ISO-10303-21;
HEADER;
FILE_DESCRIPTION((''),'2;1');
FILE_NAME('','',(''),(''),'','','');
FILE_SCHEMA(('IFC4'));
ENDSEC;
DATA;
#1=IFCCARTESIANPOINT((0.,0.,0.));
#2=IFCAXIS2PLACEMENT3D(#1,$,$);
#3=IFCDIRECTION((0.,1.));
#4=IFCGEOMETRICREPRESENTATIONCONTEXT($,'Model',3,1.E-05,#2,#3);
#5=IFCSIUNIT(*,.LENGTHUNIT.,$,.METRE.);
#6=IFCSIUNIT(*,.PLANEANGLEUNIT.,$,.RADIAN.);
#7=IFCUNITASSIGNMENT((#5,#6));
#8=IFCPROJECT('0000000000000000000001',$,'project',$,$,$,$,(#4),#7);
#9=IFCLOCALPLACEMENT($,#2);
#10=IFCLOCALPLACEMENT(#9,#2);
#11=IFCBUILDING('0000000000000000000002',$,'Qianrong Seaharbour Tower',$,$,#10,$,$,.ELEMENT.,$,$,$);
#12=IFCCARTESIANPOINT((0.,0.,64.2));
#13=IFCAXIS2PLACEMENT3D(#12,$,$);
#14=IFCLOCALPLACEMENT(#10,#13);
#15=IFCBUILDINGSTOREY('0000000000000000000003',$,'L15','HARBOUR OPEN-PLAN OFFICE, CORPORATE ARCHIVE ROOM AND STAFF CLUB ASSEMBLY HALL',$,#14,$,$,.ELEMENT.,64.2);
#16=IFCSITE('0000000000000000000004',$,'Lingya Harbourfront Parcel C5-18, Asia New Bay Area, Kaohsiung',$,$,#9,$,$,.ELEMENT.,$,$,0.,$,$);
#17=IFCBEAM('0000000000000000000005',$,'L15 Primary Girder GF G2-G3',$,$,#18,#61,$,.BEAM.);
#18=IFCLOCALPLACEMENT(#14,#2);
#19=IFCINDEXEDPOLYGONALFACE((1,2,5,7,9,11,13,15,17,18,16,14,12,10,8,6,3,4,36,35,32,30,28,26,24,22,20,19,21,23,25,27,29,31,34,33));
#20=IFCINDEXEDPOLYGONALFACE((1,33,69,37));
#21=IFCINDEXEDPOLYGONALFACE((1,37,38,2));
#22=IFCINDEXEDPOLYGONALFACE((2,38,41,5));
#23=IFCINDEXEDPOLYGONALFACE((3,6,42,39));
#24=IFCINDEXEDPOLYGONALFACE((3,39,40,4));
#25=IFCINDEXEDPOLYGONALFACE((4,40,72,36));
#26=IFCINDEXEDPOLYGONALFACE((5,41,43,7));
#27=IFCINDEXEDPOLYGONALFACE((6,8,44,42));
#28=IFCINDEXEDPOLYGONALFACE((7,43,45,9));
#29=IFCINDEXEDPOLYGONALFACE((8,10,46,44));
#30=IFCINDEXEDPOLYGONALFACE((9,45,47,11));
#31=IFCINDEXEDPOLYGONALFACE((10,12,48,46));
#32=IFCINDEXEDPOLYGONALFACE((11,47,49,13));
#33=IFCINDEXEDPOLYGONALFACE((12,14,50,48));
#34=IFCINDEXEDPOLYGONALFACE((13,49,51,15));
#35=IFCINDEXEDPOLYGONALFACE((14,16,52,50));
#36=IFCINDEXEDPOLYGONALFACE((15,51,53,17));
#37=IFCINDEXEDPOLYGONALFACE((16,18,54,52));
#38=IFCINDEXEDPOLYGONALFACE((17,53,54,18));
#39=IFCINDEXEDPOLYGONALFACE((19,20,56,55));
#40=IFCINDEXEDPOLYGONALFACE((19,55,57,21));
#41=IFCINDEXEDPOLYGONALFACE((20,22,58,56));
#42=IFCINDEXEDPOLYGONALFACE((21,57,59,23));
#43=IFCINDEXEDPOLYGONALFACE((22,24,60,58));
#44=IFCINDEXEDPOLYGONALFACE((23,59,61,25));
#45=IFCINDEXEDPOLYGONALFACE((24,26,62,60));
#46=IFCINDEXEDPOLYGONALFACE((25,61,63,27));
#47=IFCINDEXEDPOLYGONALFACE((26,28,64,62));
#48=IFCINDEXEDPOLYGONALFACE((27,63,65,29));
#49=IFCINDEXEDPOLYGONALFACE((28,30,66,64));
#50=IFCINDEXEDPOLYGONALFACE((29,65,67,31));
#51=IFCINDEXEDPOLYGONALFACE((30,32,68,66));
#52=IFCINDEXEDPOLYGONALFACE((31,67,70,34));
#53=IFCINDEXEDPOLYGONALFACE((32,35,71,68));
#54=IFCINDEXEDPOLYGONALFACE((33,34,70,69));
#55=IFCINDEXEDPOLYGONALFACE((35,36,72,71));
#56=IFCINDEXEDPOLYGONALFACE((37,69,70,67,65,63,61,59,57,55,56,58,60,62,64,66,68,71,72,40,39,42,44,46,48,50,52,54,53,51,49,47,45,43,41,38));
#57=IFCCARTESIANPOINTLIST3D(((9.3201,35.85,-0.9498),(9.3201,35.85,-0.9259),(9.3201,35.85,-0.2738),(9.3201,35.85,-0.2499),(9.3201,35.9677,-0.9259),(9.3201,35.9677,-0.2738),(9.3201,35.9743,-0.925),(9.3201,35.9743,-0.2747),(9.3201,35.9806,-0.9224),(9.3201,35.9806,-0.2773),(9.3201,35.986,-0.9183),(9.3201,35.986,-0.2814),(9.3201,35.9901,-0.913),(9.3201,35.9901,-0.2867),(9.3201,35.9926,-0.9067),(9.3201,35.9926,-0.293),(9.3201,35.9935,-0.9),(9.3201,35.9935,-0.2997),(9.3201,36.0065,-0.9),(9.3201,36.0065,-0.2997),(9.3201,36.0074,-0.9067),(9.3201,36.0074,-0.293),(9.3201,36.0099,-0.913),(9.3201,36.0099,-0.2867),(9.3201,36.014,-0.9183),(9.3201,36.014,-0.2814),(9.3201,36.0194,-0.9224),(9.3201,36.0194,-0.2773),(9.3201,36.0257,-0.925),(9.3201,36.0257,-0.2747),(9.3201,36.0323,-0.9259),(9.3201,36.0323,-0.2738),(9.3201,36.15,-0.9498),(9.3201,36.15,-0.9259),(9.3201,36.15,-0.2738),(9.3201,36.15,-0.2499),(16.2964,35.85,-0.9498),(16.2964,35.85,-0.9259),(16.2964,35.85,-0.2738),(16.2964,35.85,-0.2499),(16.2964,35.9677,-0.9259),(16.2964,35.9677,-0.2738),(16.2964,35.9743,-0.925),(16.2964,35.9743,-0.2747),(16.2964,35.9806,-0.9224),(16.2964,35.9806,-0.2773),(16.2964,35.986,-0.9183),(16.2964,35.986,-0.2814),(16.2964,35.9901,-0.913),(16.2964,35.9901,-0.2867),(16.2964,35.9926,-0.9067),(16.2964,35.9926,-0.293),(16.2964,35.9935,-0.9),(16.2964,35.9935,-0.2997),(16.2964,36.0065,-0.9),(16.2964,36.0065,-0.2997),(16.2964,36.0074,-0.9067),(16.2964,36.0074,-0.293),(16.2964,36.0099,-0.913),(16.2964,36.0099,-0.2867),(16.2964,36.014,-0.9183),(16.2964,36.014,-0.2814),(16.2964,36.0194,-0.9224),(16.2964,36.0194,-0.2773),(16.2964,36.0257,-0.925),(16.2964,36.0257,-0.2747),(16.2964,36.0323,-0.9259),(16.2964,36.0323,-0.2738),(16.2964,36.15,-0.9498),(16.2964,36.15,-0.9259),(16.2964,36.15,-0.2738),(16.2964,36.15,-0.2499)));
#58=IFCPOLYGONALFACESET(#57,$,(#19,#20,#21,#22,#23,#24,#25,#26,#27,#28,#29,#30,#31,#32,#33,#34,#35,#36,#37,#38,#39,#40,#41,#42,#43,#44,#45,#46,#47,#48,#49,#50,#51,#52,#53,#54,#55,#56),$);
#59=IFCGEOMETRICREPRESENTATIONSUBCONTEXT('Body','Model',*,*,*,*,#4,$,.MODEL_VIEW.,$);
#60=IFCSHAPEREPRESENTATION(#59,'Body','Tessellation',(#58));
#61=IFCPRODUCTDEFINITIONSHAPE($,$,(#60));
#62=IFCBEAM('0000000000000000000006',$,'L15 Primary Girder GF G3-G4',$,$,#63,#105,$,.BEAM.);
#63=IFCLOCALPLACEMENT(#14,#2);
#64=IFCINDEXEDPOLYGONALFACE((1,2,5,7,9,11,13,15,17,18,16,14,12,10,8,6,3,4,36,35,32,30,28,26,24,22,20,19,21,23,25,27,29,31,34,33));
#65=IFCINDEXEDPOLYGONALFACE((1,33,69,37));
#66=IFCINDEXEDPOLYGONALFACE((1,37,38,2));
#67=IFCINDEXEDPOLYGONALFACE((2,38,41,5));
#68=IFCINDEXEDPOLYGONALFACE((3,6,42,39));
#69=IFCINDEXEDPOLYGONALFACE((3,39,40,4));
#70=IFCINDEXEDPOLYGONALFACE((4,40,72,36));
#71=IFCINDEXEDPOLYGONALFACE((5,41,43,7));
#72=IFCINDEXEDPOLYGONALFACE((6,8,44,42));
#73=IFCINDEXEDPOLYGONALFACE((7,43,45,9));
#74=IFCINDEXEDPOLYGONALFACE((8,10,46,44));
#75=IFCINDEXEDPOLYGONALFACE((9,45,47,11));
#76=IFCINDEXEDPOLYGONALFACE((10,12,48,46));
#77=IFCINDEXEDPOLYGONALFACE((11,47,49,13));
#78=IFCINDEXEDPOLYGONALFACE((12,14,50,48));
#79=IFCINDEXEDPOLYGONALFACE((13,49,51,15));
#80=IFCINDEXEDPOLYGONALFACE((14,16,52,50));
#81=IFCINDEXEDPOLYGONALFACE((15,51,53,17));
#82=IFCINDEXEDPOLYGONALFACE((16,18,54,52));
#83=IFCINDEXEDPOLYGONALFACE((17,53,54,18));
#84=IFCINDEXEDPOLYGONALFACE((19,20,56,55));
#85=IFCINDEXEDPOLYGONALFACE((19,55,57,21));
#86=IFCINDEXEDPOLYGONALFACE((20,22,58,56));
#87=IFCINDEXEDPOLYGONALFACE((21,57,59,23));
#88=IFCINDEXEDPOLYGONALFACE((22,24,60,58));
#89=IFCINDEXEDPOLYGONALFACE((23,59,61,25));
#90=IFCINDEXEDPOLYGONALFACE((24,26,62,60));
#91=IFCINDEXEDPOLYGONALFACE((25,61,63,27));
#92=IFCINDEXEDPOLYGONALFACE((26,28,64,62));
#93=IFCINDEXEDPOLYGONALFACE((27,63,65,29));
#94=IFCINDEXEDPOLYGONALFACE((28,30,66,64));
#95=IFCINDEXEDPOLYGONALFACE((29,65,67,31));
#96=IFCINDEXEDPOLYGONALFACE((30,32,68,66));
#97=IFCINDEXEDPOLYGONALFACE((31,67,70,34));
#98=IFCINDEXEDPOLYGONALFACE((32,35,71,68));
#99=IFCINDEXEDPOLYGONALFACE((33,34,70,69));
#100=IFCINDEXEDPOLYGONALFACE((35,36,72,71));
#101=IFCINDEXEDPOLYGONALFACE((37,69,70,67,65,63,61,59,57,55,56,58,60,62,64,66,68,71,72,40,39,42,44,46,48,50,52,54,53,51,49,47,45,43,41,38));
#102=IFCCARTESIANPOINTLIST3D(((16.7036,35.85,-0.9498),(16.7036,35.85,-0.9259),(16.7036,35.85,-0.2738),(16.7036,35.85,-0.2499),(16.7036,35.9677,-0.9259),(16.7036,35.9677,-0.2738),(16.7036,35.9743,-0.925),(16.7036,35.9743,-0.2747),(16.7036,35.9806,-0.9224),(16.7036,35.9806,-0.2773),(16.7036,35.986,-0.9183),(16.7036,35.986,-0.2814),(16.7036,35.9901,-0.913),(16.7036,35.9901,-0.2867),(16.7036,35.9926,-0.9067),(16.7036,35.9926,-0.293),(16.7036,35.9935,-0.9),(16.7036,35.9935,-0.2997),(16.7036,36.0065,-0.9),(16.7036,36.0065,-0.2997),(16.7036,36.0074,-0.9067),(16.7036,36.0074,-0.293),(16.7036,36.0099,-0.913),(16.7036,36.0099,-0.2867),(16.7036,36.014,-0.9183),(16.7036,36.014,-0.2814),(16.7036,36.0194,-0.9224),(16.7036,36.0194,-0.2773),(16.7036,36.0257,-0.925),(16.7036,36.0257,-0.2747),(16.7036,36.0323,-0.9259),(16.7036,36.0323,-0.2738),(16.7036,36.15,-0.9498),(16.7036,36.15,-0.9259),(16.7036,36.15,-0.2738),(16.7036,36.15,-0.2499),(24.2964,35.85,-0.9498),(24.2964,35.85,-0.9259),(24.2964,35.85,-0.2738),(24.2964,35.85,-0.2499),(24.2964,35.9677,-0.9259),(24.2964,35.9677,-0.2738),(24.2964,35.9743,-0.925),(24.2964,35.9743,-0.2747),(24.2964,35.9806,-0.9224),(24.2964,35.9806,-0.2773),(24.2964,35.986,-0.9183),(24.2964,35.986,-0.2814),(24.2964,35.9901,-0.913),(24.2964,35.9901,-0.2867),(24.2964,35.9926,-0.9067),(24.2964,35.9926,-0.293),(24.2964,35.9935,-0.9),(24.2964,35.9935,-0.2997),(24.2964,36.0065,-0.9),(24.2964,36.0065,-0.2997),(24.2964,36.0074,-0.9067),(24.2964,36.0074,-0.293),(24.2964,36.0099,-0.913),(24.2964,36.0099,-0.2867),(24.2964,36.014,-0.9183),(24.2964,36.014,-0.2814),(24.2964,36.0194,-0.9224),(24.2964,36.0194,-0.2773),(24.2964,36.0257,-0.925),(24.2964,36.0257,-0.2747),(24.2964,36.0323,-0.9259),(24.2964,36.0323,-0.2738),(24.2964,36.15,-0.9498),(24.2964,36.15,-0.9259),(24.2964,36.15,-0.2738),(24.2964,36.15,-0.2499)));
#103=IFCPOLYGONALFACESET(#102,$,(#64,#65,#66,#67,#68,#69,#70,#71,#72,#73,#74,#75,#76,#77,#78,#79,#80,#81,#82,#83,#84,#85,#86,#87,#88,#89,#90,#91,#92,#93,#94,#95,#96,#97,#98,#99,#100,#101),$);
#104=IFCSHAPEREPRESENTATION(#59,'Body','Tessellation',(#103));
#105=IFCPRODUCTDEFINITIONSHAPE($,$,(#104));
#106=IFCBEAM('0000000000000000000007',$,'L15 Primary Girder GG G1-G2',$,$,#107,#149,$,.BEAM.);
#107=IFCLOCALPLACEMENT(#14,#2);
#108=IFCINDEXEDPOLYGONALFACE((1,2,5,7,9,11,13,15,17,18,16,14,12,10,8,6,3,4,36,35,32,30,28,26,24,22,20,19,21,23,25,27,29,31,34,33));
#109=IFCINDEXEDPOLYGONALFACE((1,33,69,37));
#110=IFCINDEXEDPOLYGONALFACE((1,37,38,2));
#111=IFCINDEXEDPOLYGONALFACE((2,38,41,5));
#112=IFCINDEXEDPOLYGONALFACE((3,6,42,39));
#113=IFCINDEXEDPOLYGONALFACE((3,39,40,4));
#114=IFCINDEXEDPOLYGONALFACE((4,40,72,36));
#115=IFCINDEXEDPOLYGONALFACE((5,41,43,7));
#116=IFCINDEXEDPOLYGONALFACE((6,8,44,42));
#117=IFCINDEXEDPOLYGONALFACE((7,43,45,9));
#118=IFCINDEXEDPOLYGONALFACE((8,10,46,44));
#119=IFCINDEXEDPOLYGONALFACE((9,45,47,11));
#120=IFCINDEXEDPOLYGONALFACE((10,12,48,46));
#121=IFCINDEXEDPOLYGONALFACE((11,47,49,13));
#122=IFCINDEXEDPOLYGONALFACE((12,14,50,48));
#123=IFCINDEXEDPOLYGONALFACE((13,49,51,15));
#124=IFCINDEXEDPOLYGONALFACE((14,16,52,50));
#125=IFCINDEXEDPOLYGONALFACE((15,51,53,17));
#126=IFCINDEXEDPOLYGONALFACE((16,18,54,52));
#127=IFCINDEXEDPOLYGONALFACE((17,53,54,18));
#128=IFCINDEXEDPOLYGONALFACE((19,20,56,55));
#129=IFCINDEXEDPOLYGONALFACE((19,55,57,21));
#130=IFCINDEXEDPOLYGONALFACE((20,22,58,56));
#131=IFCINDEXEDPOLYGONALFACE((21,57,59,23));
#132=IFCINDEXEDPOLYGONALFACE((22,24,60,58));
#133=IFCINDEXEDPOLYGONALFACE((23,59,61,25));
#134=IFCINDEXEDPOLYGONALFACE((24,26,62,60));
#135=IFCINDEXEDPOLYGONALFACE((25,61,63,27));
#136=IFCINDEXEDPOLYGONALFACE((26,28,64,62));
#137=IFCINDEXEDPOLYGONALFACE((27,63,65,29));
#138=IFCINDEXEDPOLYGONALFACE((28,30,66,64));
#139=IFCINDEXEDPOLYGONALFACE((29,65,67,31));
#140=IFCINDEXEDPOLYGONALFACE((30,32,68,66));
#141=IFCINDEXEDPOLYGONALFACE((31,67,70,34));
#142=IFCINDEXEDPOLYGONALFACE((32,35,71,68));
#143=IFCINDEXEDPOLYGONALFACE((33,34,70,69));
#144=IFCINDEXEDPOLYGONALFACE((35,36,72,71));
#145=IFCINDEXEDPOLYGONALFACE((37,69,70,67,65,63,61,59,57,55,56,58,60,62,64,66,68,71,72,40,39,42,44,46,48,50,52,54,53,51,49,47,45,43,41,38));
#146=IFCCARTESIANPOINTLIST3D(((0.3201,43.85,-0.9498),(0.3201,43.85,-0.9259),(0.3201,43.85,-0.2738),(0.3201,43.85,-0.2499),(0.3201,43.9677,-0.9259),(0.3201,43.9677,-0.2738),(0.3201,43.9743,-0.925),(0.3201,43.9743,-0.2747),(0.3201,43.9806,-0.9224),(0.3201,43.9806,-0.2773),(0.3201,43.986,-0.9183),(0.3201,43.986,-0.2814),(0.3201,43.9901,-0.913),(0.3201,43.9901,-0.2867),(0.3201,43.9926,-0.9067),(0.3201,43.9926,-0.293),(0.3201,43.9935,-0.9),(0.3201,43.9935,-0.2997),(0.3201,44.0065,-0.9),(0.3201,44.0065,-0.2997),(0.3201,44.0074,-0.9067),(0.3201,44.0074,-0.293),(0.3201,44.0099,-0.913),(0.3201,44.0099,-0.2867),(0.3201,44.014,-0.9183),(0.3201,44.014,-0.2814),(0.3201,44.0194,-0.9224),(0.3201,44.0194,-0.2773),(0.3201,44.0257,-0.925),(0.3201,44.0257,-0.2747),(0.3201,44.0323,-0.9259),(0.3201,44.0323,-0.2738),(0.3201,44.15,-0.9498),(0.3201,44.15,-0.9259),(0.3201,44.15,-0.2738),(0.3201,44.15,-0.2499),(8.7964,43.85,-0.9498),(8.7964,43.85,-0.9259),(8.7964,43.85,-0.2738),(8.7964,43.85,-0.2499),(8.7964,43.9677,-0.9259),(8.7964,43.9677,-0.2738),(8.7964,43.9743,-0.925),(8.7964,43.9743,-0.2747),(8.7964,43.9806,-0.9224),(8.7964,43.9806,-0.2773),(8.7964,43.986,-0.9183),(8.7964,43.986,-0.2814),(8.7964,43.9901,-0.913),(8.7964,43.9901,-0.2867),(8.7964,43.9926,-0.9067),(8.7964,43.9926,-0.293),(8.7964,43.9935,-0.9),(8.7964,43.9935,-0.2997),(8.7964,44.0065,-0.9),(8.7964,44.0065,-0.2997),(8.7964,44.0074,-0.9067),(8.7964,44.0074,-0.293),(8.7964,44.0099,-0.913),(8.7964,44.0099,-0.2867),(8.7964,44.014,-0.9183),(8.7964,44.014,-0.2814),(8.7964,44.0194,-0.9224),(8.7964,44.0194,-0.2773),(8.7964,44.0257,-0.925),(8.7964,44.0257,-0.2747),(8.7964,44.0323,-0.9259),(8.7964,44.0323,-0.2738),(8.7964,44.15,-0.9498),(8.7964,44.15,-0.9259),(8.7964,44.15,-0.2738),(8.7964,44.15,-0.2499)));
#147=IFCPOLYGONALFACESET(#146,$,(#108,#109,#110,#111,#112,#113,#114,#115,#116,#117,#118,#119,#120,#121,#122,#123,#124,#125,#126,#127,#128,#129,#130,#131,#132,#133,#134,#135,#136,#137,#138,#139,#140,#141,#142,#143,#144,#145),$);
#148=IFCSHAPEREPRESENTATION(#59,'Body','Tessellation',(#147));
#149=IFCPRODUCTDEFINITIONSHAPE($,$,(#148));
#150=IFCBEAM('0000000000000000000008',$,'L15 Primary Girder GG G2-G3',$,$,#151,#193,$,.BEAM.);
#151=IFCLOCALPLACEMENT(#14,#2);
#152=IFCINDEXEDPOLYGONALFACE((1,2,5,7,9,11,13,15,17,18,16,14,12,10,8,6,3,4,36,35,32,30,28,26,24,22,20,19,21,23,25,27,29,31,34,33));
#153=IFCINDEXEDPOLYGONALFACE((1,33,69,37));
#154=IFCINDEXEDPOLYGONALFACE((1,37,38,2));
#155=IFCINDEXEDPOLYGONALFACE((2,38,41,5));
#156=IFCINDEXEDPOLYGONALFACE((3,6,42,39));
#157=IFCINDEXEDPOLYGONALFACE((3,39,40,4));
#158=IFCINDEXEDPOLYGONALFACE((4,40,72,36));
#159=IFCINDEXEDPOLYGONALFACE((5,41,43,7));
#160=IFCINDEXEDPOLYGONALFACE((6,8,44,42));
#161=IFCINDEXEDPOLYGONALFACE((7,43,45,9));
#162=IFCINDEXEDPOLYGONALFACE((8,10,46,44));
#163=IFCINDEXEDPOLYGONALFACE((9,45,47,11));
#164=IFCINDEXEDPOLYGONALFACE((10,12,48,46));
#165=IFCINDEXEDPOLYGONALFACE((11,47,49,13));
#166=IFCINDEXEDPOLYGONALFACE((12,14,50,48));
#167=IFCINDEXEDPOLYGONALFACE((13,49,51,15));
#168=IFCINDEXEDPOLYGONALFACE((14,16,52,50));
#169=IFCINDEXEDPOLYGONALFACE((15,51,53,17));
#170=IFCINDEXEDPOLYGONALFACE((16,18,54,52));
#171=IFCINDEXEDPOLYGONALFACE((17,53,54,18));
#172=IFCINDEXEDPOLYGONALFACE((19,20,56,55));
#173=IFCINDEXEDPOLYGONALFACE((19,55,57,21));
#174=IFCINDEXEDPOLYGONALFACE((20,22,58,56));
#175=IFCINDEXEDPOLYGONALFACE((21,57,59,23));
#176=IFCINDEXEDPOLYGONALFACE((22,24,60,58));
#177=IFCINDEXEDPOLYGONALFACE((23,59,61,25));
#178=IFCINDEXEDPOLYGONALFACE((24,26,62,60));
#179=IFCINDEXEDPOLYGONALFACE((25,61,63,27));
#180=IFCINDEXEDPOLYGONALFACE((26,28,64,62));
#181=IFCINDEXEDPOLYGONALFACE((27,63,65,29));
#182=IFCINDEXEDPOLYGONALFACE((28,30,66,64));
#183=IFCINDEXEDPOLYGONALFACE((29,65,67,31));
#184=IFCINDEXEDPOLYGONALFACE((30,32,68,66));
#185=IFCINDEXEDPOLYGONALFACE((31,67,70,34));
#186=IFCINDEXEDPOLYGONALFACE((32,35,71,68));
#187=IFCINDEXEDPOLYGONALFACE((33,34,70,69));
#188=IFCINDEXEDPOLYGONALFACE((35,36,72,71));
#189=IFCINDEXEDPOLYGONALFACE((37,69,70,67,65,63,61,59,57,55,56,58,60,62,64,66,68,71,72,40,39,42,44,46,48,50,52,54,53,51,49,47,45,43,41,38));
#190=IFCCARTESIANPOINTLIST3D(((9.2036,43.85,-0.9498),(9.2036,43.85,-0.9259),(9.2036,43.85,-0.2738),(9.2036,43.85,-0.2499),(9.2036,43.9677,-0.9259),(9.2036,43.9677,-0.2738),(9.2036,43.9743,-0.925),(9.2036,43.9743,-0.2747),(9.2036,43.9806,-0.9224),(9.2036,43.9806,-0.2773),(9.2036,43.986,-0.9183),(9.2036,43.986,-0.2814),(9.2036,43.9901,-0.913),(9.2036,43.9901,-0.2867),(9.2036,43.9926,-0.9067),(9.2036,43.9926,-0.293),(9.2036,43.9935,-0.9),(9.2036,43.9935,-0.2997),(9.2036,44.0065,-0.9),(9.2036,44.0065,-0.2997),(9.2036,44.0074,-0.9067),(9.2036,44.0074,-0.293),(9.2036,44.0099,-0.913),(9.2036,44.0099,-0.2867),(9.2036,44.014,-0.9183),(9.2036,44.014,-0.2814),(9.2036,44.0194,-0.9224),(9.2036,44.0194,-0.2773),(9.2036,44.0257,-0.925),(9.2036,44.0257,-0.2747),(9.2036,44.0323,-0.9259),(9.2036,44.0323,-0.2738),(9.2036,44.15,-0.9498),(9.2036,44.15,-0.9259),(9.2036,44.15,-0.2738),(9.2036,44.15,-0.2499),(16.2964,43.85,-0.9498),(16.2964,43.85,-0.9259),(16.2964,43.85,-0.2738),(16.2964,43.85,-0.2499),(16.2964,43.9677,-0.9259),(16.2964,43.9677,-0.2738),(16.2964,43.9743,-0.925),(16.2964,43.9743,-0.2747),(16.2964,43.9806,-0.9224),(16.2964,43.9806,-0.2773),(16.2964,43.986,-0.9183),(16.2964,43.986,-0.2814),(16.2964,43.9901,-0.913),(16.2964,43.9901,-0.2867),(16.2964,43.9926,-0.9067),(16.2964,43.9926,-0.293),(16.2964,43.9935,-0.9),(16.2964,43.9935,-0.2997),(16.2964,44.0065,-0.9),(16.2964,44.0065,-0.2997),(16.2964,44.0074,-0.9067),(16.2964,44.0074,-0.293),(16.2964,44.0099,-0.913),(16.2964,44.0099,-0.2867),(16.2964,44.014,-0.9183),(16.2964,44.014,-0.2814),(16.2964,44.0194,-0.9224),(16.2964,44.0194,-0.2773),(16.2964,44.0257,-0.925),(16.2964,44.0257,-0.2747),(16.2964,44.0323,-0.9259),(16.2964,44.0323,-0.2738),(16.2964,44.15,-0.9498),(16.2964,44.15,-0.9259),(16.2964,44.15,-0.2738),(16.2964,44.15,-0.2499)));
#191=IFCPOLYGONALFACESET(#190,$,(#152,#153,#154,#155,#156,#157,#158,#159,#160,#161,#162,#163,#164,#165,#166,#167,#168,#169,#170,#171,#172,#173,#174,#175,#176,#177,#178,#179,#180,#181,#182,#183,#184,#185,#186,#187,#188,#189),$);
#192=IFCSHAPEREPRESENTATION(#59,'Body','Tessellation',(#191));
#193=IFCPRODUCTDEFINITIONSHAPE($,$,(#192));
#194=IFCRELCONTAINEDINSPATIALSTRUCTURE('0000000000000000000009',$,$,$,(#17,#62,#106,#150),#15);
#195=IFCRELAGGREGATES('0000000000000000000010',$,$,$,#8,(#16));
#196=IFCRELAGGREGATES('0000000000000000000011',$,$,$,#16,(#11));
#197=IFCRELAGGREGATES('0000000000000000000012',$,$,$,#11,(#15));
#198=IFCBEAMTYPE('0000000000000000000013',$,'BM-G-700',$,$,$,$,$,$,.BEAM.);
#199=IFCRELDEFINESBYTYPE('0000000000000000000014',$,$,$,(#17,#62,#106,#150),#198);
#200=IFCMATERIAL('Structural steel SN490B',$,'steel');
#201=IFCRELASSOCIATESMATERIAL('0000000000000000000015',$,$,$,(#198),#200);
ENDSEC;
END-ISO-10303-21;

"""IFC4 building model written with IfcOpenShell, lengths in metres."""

from ifc_helpers import new_model, si_unit, direction, frame, origin, origin_2d, place, context, subcontext, project, spatial, i_section, extrude, material, material_profile, profile_set, type_object, element, save


model = new_model("IFC4")

# Units and contexts
model_context = context("Model", 3, precision=1e-05, world=origin(), true_north=direction((0.0, 1.0)))
body_context = subcontext(model_context, "Body", "Model", "MODEL_VIEW")
ifc_project = project(units=[si_unit("LENGTHUNIT", "METRE"), si_unit("PLANEANGLEUNIT", "RADIAN")], contexts=[model_context])

# Site, building, storey
site_placement = place(None, origin())
site = spatial("IfcSite", under=ifc_project, at=site_placement, Name="Lingya Harbourfront Parcel C5-18, Asia New Bay Area, Kaohsiung", CompositionType="ELEMENT", RefElevation=0.0)
building_placement = place(site_placement, origin())
building = spatial("IfcBuilding", under=site, at=building_placement, Name="Qianrong Seaharbour Tower", CompositionType="ELEMENT")
storey_placement = place(building_placement, frame((0.0, 0.0, 64.2)))
storey = spatial("IfcBuildingStorey", under=building, at=storey_placement, Name="L15", Description="HARBOUR OPEN-PLAN OFFICE, CORPORATE ARCHIVE ROOM AND STAFF CLUB ASSEMBLY HALL", CompositionType="ELEMENT", Elevation=64.2)

# Shared definitions
ifc_material_1 = material(Name="Structural steel SN490B", Category="steel")

# Beams
ifc_material_profile_1 = material_profile(ifc_material_1, i_section(OverallWidth=0.3, OverallDepth=0.7, WebThickness=0.0129, FlangeThickness=0.0239, FilletRadius=0.0259, at=origin_2d()), Name="H700x300x13x24")
ifc_profile_set_1 = profile_set([ifc_material_profile_1], Name="Structural steel SN490B")
beam_type_1 = type_object("IfcBeamType", Name="BM-G-700", PredefinedType="BEAM", material=ifc_profile_set_1)
beam_1_placement = place(storey_placement, frame((9.3201, 36.0, -0.5999), z_axis=(1.0, 0.0, 0.0), x_axis=(0.0, 1.0, 0.0)))
element("IfcBeam", 1, at=beam_1_placement, inside=storey, type_object=beam_type_1, Name="L15 Primary Girder GF G2-G3", PredefinedType="BEAM", context=body_context, shape_type="SweptSolid", body=[
    extrude(i_section(OverallWidth=0.3, OverallDepth=0.7, WebThickness=0.0129, FlangeThickness=0.0239, FilletRadius=0.0259, at=origin_2d()), origin(), (0.0, 0.0, 1.0), 6.9763),
])
beam_2_placement = place(storey_placement, frame((16.7036, 36.0, -0.5999), z_axis=(1.0, 0.0, 0.0), x_axis=(0.0, 1.0, 0.0)))
element("IfcBeam", 2, at=beam_2_placement, inside=storey, type_object=beam_type_1, Name="L15 Primary Girder GF G3-G4", PredefinedType="BEAM", context=body_context, shape_type="SweptSolid", body=[
    extrude(i_section(OverallWidth=0.3, OverallDepth=0.7, WebThickness=0.0129, FlangeThickness=0.0239, FilletRadius=0.0259, at=origin_2d()), origin(), (0.0, 0.0, 1.0), 7.5928),
])
beam_3_placement = place(storey_placement, frame((0.3201, 44.0, -0.5999), z_axis=(1.0, 0.0, 0.0), x_axis=(0.0, 1.0, 0.0)))
element("IfcBeam", 3, at=beam_3_placement, inside=storey, type_object=beam_type_1, Name="L15 Primary Girder GG G1-G2", PredefinedType="BEAM", context=body_context, shape_type="SweptSolid", body=[
    extrude(i_section(OverallWidth=0.3, OverallDepth=0.7, WebThickness=0.0129, FlangeThickness=0.0239, FilletRadius=0.0259, at=origin_2d()), origin(), (0.0, 0.0, 1.0), 8.4763),
])
beam_4_placement = place(storey_placement, frame((9.2036, 44.0, -0.5999), z_axis=(1.0, 0.0, 0.0), x_axis=(0.0, 1.0, 0.0)))
element("IfcBeam", 4, at=beam_4_placement, inside=storey, type_object=beam_type_1, Name="L15 Primary Girder GG G2-G3", PredefinedType="BEAM", context=body_context, shape_type="SweptSolid", body=[
    extrude(i_section(OverallWidth=0.3, OverallDepth=0.7, WebThickness=0.0129, FlangeThickness=0.0239, FilletRadius=0.0259, at=origin_2d()), origin(), (0.0, 0.0, 1.0), 7.0928),
])

save(model, "model.ifc")
